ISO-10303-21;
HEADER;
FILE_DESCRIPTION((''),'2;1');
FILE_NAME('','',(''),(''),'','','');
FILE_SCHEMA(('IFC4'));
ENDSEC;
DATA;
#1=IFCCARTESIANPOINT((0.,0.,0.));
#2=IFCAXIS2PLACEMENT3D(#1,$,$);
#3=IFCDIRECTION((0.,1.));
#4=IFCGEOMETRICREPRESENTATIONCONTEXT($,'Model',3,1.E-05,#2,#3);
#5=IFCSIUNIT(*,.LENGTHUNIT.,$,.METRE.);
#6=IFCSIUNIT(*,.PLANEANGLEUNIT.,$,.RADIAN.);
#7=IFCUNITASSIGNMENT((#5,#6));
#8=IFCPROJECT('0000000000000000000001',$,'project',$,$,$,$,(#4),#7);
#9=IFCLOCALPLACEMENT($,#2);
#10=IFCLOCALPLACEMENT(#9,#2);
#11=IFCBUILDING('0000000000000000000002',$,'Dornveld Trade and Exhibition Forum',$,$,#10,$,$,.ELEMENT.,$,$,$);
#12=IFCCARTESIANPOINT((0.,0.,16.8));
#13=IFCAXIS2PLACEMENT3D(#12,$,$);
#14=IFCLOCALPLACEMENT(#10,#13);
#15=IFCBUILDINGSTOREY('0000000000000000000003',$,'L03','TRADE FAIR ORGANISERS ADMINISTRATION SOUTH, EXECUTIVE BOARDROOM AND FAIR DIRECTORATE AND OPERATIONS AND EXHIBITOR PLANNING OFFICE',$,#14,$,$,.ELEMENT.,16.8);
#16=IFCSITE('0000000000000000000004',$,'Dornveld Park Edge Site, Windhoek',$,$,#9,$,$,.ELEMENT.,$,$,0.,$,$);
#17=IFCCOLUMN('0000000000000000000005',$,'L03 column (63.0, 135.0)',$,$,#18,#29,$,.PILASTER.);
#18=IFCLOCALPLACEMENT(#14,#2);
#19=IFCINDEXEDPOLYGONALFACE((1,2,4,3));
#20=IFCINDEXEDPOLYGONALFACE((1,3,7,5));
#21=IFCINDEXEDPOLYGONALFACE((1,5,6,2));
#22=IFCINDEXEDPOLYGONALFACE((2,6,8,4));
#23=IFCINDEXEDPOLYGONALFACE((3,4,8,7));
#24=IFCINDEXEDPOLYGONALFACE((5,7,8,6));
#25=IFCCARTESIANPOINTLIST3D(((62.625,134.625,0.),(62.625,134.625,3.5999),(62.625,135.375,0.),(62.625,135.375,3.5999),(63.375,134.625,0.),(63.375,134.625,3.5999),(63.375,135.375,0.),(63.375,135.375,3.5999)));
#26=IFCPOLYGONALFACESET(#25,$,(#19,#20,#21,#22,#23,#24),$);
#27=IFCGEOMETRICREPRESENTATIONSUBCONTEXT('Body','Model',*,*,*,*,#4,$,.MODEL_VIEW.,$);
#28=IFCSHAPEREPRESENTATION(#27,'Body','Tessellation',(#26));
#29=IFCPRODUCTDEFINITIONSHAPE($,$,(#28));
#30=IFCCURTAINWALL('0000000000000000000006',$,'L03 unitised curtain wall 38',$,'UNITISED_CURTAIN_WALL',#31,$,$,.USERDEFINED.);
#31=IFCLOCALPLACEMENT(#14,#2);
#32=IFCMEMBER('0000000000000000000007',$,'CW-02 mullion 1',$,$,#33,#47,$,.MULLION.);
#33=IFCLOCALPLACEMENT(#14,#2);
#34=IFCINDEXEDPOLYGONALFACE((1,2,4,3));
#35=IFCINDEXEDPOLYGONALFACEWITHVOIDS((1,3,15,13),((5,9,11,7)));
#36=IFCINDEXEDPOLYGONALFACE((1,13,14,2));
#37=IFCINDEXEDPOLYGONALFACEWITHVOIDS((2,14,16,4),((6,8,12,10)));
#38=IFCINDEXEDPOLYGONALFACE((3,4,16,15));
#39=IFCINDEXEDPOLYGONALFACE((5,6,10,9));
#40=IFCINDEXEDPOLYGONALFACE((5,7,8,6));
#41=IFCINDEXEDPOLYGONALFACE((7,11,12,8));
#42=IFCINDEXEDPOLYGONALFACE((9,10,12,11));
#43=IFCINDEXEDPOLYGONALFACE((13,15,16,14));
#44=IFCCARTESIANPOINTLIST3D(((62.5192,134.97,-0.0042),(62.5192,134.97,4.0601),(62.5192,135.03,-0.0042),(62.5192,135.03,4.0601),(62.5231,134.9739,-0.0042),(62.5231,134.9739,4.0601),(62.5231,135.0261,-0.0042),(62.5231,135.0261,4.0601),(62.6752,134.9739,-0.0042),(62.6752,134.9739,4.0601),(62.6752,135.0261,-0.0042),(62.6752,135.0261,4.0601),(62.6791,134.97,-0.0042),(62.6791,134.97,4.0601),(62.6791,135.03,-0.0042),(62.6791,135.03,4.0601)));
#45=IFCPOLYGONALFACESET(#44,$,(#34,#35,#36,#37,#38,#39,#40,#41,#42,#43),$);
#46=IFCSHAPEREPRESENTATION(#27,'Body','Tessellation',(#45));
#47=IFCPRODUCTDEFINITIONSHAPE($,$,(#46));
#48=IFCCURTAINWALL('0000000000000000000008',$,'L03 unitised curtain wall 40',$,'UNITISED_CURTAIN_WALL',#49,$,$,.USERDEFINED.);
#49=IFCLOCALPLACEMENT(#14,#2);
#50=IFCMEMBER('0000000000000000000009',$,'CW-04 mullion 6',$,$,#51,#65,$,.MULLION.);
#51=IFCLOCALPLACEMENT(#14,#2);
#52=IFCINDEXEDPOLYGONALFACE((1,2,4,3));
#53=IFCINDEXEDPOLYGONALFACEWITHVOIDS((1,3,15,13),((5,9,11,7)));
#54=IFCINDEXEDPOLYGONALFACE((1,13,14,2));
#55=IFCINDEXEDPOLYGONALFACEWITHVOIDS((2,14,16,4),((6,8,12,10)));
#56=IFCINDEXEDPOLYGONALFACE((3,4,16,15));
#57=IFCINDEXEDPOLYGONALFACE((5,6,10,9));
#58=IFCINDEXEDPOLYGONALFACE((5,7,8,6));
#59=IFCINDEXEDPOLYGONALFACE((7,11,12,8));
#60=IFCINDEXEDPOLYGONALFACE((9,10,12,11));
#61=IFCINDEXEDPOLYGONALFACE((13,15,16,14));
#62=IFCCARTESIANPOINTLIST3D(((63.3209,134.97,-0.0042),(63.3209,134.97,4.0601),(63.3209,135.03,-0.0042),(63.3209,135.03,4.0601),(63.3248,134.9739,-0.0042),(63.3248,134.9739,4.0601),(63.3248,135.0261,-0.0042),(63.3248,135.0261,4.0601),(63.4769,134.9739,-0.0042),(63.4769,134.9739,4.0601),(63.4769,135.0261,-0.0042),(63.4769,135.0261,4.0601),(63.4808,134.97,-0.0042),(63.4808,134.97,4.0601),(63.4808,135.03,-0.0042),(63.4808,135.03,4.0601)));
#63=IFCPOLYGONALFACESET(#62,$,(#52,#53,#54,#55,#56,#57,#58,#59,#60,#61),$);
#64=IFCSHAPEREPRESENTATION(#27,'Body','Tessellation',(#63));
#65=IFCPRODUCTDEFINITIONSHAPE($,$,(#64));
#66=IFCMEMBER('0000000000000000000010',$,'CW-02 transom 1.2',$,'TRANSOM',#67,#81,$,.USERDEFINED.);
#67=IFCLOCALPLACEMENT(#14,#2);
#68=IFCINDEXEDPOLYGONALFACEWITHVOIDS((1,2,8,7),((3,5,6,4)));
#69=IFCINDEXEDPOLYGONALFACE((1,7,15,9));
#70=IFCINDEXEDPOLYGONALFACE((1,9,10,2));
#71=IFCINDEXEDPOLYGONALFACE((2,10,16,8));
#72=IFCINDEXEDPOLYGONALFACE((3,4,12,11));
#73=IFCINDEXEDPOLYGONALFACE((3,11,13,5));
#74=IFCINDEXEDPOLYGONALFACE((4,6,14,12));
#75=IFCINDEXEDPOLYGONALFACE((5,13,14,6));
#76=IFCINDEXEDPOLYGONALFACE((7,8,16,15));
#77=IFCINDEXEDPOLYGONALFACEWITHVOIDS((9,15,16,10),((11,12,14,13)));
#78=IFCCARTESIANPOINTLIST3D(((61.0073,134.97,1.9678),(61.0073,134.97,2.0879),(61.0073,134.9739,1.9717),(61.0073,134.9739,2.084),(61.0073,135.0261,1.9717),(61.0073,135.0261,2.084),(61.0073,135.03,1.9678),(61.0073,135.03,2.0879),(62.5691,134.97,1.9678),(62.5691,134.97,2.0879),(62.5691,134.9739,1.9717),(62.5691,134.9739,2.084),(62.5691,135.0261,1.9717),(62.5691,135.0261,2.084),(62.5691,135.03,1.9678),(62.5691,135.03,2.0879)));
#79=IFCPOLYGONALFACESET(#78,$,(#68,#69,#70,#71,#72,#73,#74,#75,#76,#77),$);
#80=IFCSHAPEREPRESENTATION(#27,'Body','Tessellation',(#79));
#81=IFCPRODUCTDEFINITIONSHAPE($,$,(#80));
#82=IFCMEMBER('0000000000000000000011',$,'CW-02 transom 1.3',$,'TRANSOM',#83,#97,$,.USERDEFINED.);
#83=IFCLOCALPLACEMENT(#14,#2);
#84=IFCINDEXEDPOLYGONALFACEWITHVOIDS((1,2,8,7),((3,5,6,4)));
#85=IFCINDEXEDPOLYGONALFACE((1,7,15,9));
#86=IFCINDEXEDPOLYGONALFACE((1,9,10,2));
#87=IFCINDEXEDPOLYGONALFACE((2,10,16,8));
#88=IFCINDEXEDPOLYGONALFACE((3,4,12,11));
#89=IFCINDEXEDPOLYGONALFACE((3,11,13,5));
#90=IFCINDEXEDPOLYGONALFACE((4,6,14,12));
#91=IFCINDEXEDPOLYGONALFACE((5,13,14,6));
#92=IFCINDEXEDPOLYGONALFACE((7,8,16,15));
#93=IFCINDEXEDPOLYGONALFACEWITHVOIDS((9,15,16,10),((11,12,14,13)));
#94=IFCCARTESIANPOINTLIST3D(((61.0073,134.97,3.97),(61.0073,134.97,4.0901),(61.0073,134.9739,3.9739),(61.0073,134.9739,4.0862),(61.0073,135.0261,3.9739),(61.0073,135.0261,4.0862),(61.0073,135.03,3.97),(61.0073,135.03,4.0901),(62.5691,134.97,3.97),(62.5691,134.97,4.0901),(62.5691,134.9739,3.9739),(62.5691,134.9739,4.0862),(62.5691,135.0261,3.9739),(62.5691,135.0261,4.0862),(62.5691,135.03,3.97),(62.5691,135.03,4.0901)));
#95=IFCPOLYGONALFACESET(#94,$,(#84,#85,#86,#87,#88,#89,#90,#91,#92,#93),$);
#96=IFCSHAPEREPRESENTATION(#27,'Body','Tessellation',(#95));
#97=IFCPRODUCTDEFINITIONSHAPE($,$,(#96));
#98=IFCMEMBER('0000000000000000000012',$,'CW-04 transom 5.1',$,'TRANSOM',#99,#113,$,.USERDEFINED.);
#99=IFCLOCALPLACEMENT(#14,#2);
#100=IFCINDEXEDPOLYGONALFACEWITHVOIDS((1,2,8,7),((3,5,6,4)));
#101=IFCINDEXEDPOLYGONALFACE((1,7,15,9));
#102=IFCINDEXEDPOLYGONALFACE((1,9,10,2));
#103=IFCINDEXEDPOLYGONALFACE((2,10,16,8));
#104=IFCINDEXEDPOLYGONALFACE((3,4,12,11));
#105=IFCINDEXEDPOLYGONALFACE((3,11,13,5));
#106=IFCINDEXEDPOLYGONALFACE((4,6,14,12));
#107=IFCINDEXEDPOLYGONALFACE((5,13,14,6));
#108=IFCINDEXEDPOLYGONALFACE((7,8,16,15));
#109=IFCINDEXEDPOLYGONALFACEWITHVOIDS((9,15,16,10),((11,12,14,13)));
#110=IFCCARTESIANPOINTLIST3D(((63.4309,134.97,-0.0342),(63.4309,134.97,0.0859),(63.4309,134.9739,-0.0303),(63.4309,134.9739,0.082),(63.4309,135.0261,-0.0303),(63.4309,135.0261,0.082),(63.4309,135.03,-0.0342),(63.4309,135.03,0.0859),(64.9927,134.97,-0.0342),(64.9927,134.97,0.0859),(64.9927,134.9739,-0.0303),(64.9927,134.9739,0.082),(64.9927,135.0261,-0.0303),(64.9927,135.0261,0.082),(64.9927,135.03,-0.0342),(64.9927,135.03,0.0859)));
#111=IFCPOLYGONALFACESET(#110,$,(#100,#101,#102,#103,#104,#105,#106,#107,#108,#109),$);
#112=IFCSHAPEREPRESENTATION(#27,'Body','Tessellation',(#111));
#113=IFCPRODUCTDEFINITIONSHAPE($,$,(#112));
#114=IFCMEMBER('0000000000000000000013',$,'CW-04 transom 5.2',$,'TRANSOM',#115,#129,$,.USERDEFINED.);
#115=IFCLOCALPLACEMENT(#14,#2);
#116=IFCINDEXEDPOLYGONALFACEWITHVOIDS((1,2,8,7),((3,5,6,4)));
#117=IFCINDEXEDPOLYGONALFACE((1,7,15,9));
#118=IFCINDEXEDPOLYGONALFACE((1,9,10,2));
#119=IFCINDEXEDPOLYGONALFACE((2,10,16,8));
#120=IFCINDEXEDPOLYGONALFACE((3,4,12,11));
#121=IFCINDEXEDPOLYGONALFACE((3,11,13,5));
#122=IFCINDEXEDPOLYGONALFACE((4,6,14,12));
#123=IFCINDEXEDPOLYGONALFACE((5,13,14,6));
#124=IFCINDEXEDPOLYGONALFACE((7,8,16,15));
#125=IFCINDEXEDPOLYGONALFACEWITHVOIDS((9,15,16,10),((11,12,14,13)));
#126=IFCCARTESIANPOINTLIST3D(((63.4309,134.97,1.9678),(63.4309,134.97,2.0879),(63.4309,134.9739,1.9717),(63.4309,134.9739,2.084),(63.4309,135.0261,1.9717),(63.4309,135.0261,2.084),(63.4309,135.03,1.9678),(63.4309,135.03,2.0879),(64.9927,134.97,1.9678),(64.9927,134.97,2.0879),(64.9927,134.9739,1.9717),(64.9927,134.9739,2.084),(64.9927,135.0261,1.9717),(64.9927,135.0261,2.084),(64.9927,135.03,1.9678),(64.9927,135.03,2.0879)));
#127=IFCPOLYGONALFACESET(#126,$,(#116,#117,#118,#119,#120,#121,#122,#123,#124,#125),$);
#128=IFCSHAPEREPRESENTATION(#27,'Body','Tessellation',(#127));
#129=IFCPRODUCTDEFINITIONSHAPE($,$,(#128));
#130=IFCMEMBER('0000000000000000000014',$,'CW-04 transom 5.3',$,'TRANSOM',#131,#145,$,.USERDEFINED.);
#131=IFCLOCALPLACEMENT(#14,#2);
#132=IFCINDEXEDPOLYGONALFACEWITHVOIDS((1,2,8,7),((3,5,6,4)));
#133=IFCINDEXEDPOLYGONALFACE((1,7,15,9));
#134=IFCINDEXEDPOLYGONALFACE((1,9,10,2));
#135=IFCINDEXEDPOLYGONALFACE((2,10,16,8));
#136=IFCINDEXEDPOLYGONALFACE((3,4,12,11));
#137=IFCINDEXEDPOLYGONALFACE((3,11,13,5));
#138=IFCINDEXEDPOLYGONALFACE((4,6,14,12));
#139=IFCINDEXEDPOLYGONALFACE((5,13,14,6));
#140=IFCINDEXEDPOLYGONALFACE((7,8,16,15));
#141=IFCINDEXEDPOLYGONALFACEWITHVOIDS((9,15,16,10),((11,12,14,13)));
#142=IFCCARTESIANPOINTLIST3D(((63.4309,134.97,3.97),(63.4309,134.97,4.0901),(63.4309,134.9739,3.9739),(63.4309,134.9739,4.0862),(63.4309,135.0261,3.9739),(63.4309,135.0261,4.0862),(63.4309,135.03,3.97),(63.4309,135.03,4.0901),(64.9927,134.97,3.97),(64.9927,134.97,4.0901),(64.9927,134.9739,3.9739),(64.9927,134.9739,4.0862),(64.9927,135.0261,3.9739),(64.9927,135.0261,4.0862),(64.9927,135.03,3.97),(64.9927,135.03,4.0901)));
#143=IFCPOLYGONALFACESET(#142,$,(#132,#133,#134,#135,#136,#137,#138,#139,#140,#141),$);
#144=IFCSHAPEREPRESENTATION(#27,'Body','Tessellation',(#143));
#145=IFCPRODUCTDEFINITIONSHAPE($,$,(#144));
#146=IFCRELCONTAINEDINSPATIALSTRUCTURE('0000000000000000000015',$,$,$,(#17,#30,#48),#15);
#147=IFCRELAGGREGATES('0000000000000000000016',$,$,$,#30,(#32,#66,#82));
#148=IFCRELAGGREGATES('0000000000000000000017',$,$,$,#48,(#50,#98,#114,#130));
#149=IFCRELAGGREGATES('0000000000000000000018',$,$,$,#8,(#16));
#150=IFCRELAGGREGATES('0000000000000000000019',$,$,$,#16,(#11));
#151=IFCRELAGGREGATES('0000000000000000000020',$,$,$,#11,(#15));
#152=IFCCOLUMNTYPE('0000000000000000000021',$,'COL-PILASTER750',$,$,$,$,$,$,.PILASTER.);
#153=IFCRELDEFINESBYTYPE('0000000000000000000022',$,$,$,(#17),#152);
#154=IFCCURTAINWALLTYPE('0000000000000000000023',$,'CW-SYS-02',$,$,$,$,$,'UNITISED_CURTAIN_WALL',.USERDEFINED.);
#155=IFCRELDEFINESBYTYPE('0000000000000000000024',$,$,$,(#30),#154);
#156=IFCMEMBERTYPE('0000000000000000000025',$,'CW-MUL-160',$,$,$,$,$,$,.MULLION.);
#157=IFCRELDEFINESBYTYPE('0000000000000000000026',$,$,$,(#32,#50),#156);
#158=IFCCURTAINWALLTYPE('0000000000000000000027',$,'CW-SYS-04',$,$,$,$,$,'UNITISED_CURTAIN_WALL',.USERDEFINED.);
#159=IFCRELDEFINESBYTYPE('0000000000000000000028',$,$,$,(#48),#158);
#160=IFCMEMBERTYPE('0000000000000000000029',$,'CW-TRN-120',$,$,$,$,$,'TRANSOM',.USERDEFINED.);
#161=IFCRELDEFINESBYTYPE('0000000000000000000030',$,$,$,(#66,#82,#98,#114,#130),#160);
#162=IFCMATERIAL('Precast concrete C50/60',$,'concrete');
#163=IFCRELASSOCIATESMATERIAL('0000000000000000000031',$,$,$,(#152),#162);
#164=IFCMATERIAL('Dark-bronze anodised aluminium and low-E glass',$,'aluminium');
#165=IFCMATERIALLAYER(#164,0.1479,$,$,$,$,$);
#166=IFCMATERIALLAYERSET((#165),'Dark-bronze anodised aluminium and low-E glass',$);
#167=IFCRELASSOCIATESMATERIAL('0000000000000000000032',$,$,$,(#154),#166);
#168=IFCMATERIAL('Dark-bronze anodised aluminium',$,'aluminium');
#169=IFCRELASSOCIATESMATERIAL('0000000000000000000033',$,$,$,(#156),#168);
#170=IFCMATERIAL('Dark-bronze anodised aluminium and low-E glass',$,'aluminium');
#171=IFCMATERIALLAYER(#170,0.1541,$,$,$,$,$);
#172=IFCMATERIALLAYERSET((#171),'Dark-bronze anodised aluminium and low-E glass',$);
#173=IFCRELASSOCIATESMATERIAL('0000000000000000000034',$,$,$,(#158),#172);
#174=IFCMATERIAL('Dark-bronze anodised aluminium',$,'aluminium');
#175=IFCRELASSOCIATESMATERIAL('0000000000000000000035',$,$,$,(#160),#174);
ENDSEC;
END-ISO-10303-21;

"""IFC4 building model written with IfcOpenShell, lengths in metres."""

from ifc_helpers import new_model, si_unit, direction, frame, origin, origin_2d, place, context, subcontext, project, spatial, rectangle, hollow_rectangle, extrude, material, layer, layer_set, material_profile, profile_set, type_object, element, aggregate, save


model = new_model("IFC4")

# Units and contexts
model_context = context("Model", 3, precision=1e-05, world=origin(), true_north=direction((0.0, 1.0)))
body_context = subcontext(model_context, "Body", "Model", "MODEL_VIEW")
ifc_project = project(units=[si_unit("LENGTHUNIT", "METRE"), si_unit("PLANEANGLEUNIT", "RADIAN")], contexts=[model_context])

# Site, building, storey
site_placement = place(None, origin())
site = spatial("IfcSite", under=ifc_project, at=site_placement, Name="Dornveld Park Edge Site, Windhoek", CompositionType="ELEMENT", RefElevation=0.0)
building_placement = place(site_placement, origin())
building = spatial("IfcBuilding", under=site, at=building_placement, Name="Dornveld Trade and Exhibition Forum", CompositionType="ELEMENT")
storey_placement = place(building_placement, frame((0.0, 0.0, 16.8)))
storey = spatial("IfcBuildingStorey", under=building, at=storey_placement, Name="L03", Description="TRADE FAIR ORGANISERS ADMINISTRATION SOUTH, EXECUTIVE BOARDROOM AND FAIR DIRECTORATE AND OPERATIONS AND EXHIBITOR PLANNING OFFICE", CompositionType="ELEMENT", Elevation=16.8)

# Column
ifc_material_1 = material(Name="Precast concrete C50/60", Category="concrete")
ifc_material_profile_1 = material_profile(ifc_material_1, rectangle(XDim=0.75, YDim=0.75, at=origin_2d()), Name="PC-COL 750x750")
ifc_profile_set_1 = profile_set([ifc_material_profile_1], Name="Precast concrete C50/60")
column_type = type_object("IfcColumnType", Name="COL-PILASTER750", PredefinedType="PILASTER", material=ifc_profile_set_1)
column_placement = place(storey_placement, frame((63.0, 135.0, 0.0), z_axis=(0.0, 0.0, 1.0), x_axis=(1.0, 0.0, 0.0)))
element("IfcColumn", 1, at=column_placement, inside=storey, type_object=column_type, Name="L03 column (63.0, 135.0)", PredefinedType="PILASTER", context=body_context, shape_type="SweptSolid", body=[
    extrude(rectangle(XDim=0.75, YDim=0.75, at=origin_2d()), origin(), (0.0, 0.0, 1.0), 3.5999),
])

# Curtain walls, members
ifc_material_2 = material(Name="Dark-bronze anodised aluminium and low-E glass", Category="aluminium")
ifc_layer_1 = layer(ifc_material_2, 0.1479)
ifc_layer_set_1 = layer_set([ifc_layer_1], Name="Dark-bronze anodised aluminium and low-E glass")
curtain_wall_type_1 = type_object("IfcCurtainWallType", Name="CW-SYS-02", ElementType="UNITISED_CURTAIN_WALL", PredefinedType="USERDEFINED", material=ifc_layer_set_1)
curtain_wall_1_placement = place(storey_placement, origin())
curtain_wall_1 = element("IfcCurtainWall", 2, at=curtain_wall_1_placement, inside=storey, type_object=curtain_wall_type_1, Name="L03 unitised curtain wall 38", ObjectType="UNITISED_CURTAIN_WALL", PredefinedType="USERDEFINED")
ifc_material_3 = material(Name="Dark-bronze anodised aluminium", Category="aluminium")
ifc_material_profile_2 = material_profile(ifc_material_3, hollow_rectangle(XDim=0.0601, YDim=0.1599, WallThickness=0.0039, at=origin_2d()), Name="RHS 160x60x4")
ifc_profile_set_2 = profile_set([ifc_material_profile_2], Name="Dark-bronze anodised aluminium")
member_type_1 = type_object("IfcMemberType", Name="CW-MUL-160", PredefinedType="MULLION", material=ifc_profile_set_2)
member_1_placement = place(storey_placement, frame((62.5991, 135.0, -0.0042), z_axis=(0.0, 0.0, 1.0), x_axis=(0.0, -1.0, 0.0)))
member_1 = element("IfcMember", 3, at=member_1_placement, type_object=member_type_1, Name="CW-02 mullion 1", PredefinedType="MULLION", context=body_context, shape_type="SweptSolid", body=[
    extrude(hollow_rectangle(XDim=0.0601, YDim=0.1599, WallThickness=0.0039, at=origin_2d()), origin(), (0.0, 0.0, 1.0), 4.0642),
])
ifc_material_4 = material(Name="Dark-bronze anodised aluminium and low-E glass", Category="aluminium")
ifc_layer_2 = layer(ifc_material_4, 0.1541)
ifc_layer_set_2 = layer_set([ifc_layer_2], Name="Dark-bronze anodised aluminium and low-E glass")
curtain_wall_type_2 = type_object("IfcCurtainWallType", Name="CW-SYS-04", ElementType="UNITISED_CURTAIN_WALL", PredefinedType="USERDEFINED", material=ifc_layer_set_2)
curtain_wall_2_placement = place(storey_placement, origin())
curtain_wall_2 = element("IfcCurtainWall", 4, at=curtain_wall_2_placement, inside=storey, type_object=curtain_wall_type_2, Name="L03 unitised curtain wall 40", ObjectType="UNITISED_CURTAIN_WALL", PredefinedType="USERDEFINED")
member_2_placement = place(storey_placement, frame((63.4009, 135.0, -0.0042), z_axis=(0.0, 0.0, 1.0), x_axis=(0.0, -1.0, 0.0)))
member_2 = element("IfcMember", 5, at=member_2_placement, type_object=member_type_1, Name="CW-04 mullion 6", PredefinedType="MULLION", context=body_context, shape_type="SweptSolid", body=[
    extrude(hollow_rectangle(XDim=0.0601, YDim=0.1599, WallThickness=0.0039, at=origin_2d()), origin(), (0.0, 0.0, 1.0), 4.0642),
])

# Members
ifc_material_5 = material(Name="Dark-bronze anodised aluminium", Category="aluminium")
ifc_material_profile_3 = material_profile(ifc_material_5, hollow_rectangle(XDim=0.0601, YDim=0.1201, WallThickness=0.0039, at=origin_2d()), Name="RHS 120x60x4")
ifc_profile_set_3 = profile_set([ifc_material_profile_3], Name="Dark-bronze anodised aluminium")
member_type_2 = type_object("IfcMemberType", Name="CW-TRN-120", ElementType="TRANSOM", PredefinedType="USERDEFINED", material=ifc_profile_set_3)
member_3_placement = place(storey_placement, frame((62.5691, 135.0, 2.0278), z_axis=(-1.0, 0.0, 0.0), x_axis=(0.0, -1.0, 0.0)))
member_3 = element("IfcMember", 6, at=member_3_placement, type_object=member_type_2, Name="CW-02 transom 1.2", ObjectType="TRANSOM", PredefinedType="USERDEFINED", context=body_context, shape_type="SweptSolid", body=[
    extrude(hollow_rectangle(XDim=0.0601, YDim=0.1201, WallThickness=0.0039, at=origin_2d()), origin(), (0.0, 0.0, 1.0), 1.5618),
])
member_4_placement = place(storey_placement, frame((62.5691, 135.0, 4.03), z_axis=(-1.0, 0.0, 0.0), x_axis=(0.0, -1.0, 0.0)))
member_4 = element("IfcMember", 7, at=member_4_placement, type_object=member_type_2, Name="CW-02 transom 1.3", ObjectType="TRANSOM", PredefinedType="USERDEFINED", context=body_context, shape_type="SweptSolid", body=[
    extrude(hollow_rectangle(XDim=0.0601, YDim=0.1201, WallThickness=0.0039, at=origin_2d()), origin(), (0.0, 0.0, 1.0), 1.5618),
])
aggregate(curtain_wall_1, [member_1, member_3, member_4])
member_5_placement = place(storey_placement, frame((64.9927, 135.0, 0.0259), z_axis=(-1.0, 0.0, 0.0), x_axis=(0.0, -1.0, 0.0)))
member_5 = element("IfcMember", 8, at=member_5_placement, type_object=member_type_2, Name="CW-04 transom 5.1", ObjectType="TRANSOM", PredefinedType="USERDEFINED", context=body_context, shape_type="SweptSolid", body=[
    extrude(hollow_rectangle(XDim=0.0601, YDim=0.1201, WallThickness=0.0039, at=origin_2d()), origin(), (0.0, 0.0, 1.0), 1.5618),
])
member_6_placement = place(storey_placement, frame((64.9927, 135.0, 2.0278), z_axis=(-1.0, 0.0, 0.0), x_axis=(0.0, -1.0, 0.0)))
member_6 = element("IfcMember", 9, at=member_6_placement, type_object=member_type_2, Name="CW-04 transom 5.2", ObjectType="TRANSOM", PredefinedType="USERDEFINED", context=body_context, shape_type="SweptSolid", body=[
    extrude(hollow_rectangle(XDim=0.0601, YDim=0.1201, WallThickness=0.0039, at=origin_2d()), origin(), (0.0, 0.0, 1.0), 1.5618),
])
member_7_placement = place(storey_placement, frame((64.9927, 135.0, 4.03), z_axis=(-1.0, 0.0, 0.0), x_axis=(0.0, -1.0, 0.0)))
member_7 = element("IfcMember", 10, at=member_7_placement, type_object=member_type_2, Name="CW-04 transom 5.3", ObjectType="TRANSOM", PredefinedType="USERDEFINED", context=body_context, shape_type="SweptSolid", body=[
    extrude(hollow_rectangle(XDim=0.0601, YDim=0.1201, WallThickness=0.0039, at=origin_2d()), origin(), (0.0, 0.0, 1.0), 1.5618),
])

aggregate(curtain_wall_2, [member_2, member_5, member_6, member_7])

save(model, "model.ifc")
